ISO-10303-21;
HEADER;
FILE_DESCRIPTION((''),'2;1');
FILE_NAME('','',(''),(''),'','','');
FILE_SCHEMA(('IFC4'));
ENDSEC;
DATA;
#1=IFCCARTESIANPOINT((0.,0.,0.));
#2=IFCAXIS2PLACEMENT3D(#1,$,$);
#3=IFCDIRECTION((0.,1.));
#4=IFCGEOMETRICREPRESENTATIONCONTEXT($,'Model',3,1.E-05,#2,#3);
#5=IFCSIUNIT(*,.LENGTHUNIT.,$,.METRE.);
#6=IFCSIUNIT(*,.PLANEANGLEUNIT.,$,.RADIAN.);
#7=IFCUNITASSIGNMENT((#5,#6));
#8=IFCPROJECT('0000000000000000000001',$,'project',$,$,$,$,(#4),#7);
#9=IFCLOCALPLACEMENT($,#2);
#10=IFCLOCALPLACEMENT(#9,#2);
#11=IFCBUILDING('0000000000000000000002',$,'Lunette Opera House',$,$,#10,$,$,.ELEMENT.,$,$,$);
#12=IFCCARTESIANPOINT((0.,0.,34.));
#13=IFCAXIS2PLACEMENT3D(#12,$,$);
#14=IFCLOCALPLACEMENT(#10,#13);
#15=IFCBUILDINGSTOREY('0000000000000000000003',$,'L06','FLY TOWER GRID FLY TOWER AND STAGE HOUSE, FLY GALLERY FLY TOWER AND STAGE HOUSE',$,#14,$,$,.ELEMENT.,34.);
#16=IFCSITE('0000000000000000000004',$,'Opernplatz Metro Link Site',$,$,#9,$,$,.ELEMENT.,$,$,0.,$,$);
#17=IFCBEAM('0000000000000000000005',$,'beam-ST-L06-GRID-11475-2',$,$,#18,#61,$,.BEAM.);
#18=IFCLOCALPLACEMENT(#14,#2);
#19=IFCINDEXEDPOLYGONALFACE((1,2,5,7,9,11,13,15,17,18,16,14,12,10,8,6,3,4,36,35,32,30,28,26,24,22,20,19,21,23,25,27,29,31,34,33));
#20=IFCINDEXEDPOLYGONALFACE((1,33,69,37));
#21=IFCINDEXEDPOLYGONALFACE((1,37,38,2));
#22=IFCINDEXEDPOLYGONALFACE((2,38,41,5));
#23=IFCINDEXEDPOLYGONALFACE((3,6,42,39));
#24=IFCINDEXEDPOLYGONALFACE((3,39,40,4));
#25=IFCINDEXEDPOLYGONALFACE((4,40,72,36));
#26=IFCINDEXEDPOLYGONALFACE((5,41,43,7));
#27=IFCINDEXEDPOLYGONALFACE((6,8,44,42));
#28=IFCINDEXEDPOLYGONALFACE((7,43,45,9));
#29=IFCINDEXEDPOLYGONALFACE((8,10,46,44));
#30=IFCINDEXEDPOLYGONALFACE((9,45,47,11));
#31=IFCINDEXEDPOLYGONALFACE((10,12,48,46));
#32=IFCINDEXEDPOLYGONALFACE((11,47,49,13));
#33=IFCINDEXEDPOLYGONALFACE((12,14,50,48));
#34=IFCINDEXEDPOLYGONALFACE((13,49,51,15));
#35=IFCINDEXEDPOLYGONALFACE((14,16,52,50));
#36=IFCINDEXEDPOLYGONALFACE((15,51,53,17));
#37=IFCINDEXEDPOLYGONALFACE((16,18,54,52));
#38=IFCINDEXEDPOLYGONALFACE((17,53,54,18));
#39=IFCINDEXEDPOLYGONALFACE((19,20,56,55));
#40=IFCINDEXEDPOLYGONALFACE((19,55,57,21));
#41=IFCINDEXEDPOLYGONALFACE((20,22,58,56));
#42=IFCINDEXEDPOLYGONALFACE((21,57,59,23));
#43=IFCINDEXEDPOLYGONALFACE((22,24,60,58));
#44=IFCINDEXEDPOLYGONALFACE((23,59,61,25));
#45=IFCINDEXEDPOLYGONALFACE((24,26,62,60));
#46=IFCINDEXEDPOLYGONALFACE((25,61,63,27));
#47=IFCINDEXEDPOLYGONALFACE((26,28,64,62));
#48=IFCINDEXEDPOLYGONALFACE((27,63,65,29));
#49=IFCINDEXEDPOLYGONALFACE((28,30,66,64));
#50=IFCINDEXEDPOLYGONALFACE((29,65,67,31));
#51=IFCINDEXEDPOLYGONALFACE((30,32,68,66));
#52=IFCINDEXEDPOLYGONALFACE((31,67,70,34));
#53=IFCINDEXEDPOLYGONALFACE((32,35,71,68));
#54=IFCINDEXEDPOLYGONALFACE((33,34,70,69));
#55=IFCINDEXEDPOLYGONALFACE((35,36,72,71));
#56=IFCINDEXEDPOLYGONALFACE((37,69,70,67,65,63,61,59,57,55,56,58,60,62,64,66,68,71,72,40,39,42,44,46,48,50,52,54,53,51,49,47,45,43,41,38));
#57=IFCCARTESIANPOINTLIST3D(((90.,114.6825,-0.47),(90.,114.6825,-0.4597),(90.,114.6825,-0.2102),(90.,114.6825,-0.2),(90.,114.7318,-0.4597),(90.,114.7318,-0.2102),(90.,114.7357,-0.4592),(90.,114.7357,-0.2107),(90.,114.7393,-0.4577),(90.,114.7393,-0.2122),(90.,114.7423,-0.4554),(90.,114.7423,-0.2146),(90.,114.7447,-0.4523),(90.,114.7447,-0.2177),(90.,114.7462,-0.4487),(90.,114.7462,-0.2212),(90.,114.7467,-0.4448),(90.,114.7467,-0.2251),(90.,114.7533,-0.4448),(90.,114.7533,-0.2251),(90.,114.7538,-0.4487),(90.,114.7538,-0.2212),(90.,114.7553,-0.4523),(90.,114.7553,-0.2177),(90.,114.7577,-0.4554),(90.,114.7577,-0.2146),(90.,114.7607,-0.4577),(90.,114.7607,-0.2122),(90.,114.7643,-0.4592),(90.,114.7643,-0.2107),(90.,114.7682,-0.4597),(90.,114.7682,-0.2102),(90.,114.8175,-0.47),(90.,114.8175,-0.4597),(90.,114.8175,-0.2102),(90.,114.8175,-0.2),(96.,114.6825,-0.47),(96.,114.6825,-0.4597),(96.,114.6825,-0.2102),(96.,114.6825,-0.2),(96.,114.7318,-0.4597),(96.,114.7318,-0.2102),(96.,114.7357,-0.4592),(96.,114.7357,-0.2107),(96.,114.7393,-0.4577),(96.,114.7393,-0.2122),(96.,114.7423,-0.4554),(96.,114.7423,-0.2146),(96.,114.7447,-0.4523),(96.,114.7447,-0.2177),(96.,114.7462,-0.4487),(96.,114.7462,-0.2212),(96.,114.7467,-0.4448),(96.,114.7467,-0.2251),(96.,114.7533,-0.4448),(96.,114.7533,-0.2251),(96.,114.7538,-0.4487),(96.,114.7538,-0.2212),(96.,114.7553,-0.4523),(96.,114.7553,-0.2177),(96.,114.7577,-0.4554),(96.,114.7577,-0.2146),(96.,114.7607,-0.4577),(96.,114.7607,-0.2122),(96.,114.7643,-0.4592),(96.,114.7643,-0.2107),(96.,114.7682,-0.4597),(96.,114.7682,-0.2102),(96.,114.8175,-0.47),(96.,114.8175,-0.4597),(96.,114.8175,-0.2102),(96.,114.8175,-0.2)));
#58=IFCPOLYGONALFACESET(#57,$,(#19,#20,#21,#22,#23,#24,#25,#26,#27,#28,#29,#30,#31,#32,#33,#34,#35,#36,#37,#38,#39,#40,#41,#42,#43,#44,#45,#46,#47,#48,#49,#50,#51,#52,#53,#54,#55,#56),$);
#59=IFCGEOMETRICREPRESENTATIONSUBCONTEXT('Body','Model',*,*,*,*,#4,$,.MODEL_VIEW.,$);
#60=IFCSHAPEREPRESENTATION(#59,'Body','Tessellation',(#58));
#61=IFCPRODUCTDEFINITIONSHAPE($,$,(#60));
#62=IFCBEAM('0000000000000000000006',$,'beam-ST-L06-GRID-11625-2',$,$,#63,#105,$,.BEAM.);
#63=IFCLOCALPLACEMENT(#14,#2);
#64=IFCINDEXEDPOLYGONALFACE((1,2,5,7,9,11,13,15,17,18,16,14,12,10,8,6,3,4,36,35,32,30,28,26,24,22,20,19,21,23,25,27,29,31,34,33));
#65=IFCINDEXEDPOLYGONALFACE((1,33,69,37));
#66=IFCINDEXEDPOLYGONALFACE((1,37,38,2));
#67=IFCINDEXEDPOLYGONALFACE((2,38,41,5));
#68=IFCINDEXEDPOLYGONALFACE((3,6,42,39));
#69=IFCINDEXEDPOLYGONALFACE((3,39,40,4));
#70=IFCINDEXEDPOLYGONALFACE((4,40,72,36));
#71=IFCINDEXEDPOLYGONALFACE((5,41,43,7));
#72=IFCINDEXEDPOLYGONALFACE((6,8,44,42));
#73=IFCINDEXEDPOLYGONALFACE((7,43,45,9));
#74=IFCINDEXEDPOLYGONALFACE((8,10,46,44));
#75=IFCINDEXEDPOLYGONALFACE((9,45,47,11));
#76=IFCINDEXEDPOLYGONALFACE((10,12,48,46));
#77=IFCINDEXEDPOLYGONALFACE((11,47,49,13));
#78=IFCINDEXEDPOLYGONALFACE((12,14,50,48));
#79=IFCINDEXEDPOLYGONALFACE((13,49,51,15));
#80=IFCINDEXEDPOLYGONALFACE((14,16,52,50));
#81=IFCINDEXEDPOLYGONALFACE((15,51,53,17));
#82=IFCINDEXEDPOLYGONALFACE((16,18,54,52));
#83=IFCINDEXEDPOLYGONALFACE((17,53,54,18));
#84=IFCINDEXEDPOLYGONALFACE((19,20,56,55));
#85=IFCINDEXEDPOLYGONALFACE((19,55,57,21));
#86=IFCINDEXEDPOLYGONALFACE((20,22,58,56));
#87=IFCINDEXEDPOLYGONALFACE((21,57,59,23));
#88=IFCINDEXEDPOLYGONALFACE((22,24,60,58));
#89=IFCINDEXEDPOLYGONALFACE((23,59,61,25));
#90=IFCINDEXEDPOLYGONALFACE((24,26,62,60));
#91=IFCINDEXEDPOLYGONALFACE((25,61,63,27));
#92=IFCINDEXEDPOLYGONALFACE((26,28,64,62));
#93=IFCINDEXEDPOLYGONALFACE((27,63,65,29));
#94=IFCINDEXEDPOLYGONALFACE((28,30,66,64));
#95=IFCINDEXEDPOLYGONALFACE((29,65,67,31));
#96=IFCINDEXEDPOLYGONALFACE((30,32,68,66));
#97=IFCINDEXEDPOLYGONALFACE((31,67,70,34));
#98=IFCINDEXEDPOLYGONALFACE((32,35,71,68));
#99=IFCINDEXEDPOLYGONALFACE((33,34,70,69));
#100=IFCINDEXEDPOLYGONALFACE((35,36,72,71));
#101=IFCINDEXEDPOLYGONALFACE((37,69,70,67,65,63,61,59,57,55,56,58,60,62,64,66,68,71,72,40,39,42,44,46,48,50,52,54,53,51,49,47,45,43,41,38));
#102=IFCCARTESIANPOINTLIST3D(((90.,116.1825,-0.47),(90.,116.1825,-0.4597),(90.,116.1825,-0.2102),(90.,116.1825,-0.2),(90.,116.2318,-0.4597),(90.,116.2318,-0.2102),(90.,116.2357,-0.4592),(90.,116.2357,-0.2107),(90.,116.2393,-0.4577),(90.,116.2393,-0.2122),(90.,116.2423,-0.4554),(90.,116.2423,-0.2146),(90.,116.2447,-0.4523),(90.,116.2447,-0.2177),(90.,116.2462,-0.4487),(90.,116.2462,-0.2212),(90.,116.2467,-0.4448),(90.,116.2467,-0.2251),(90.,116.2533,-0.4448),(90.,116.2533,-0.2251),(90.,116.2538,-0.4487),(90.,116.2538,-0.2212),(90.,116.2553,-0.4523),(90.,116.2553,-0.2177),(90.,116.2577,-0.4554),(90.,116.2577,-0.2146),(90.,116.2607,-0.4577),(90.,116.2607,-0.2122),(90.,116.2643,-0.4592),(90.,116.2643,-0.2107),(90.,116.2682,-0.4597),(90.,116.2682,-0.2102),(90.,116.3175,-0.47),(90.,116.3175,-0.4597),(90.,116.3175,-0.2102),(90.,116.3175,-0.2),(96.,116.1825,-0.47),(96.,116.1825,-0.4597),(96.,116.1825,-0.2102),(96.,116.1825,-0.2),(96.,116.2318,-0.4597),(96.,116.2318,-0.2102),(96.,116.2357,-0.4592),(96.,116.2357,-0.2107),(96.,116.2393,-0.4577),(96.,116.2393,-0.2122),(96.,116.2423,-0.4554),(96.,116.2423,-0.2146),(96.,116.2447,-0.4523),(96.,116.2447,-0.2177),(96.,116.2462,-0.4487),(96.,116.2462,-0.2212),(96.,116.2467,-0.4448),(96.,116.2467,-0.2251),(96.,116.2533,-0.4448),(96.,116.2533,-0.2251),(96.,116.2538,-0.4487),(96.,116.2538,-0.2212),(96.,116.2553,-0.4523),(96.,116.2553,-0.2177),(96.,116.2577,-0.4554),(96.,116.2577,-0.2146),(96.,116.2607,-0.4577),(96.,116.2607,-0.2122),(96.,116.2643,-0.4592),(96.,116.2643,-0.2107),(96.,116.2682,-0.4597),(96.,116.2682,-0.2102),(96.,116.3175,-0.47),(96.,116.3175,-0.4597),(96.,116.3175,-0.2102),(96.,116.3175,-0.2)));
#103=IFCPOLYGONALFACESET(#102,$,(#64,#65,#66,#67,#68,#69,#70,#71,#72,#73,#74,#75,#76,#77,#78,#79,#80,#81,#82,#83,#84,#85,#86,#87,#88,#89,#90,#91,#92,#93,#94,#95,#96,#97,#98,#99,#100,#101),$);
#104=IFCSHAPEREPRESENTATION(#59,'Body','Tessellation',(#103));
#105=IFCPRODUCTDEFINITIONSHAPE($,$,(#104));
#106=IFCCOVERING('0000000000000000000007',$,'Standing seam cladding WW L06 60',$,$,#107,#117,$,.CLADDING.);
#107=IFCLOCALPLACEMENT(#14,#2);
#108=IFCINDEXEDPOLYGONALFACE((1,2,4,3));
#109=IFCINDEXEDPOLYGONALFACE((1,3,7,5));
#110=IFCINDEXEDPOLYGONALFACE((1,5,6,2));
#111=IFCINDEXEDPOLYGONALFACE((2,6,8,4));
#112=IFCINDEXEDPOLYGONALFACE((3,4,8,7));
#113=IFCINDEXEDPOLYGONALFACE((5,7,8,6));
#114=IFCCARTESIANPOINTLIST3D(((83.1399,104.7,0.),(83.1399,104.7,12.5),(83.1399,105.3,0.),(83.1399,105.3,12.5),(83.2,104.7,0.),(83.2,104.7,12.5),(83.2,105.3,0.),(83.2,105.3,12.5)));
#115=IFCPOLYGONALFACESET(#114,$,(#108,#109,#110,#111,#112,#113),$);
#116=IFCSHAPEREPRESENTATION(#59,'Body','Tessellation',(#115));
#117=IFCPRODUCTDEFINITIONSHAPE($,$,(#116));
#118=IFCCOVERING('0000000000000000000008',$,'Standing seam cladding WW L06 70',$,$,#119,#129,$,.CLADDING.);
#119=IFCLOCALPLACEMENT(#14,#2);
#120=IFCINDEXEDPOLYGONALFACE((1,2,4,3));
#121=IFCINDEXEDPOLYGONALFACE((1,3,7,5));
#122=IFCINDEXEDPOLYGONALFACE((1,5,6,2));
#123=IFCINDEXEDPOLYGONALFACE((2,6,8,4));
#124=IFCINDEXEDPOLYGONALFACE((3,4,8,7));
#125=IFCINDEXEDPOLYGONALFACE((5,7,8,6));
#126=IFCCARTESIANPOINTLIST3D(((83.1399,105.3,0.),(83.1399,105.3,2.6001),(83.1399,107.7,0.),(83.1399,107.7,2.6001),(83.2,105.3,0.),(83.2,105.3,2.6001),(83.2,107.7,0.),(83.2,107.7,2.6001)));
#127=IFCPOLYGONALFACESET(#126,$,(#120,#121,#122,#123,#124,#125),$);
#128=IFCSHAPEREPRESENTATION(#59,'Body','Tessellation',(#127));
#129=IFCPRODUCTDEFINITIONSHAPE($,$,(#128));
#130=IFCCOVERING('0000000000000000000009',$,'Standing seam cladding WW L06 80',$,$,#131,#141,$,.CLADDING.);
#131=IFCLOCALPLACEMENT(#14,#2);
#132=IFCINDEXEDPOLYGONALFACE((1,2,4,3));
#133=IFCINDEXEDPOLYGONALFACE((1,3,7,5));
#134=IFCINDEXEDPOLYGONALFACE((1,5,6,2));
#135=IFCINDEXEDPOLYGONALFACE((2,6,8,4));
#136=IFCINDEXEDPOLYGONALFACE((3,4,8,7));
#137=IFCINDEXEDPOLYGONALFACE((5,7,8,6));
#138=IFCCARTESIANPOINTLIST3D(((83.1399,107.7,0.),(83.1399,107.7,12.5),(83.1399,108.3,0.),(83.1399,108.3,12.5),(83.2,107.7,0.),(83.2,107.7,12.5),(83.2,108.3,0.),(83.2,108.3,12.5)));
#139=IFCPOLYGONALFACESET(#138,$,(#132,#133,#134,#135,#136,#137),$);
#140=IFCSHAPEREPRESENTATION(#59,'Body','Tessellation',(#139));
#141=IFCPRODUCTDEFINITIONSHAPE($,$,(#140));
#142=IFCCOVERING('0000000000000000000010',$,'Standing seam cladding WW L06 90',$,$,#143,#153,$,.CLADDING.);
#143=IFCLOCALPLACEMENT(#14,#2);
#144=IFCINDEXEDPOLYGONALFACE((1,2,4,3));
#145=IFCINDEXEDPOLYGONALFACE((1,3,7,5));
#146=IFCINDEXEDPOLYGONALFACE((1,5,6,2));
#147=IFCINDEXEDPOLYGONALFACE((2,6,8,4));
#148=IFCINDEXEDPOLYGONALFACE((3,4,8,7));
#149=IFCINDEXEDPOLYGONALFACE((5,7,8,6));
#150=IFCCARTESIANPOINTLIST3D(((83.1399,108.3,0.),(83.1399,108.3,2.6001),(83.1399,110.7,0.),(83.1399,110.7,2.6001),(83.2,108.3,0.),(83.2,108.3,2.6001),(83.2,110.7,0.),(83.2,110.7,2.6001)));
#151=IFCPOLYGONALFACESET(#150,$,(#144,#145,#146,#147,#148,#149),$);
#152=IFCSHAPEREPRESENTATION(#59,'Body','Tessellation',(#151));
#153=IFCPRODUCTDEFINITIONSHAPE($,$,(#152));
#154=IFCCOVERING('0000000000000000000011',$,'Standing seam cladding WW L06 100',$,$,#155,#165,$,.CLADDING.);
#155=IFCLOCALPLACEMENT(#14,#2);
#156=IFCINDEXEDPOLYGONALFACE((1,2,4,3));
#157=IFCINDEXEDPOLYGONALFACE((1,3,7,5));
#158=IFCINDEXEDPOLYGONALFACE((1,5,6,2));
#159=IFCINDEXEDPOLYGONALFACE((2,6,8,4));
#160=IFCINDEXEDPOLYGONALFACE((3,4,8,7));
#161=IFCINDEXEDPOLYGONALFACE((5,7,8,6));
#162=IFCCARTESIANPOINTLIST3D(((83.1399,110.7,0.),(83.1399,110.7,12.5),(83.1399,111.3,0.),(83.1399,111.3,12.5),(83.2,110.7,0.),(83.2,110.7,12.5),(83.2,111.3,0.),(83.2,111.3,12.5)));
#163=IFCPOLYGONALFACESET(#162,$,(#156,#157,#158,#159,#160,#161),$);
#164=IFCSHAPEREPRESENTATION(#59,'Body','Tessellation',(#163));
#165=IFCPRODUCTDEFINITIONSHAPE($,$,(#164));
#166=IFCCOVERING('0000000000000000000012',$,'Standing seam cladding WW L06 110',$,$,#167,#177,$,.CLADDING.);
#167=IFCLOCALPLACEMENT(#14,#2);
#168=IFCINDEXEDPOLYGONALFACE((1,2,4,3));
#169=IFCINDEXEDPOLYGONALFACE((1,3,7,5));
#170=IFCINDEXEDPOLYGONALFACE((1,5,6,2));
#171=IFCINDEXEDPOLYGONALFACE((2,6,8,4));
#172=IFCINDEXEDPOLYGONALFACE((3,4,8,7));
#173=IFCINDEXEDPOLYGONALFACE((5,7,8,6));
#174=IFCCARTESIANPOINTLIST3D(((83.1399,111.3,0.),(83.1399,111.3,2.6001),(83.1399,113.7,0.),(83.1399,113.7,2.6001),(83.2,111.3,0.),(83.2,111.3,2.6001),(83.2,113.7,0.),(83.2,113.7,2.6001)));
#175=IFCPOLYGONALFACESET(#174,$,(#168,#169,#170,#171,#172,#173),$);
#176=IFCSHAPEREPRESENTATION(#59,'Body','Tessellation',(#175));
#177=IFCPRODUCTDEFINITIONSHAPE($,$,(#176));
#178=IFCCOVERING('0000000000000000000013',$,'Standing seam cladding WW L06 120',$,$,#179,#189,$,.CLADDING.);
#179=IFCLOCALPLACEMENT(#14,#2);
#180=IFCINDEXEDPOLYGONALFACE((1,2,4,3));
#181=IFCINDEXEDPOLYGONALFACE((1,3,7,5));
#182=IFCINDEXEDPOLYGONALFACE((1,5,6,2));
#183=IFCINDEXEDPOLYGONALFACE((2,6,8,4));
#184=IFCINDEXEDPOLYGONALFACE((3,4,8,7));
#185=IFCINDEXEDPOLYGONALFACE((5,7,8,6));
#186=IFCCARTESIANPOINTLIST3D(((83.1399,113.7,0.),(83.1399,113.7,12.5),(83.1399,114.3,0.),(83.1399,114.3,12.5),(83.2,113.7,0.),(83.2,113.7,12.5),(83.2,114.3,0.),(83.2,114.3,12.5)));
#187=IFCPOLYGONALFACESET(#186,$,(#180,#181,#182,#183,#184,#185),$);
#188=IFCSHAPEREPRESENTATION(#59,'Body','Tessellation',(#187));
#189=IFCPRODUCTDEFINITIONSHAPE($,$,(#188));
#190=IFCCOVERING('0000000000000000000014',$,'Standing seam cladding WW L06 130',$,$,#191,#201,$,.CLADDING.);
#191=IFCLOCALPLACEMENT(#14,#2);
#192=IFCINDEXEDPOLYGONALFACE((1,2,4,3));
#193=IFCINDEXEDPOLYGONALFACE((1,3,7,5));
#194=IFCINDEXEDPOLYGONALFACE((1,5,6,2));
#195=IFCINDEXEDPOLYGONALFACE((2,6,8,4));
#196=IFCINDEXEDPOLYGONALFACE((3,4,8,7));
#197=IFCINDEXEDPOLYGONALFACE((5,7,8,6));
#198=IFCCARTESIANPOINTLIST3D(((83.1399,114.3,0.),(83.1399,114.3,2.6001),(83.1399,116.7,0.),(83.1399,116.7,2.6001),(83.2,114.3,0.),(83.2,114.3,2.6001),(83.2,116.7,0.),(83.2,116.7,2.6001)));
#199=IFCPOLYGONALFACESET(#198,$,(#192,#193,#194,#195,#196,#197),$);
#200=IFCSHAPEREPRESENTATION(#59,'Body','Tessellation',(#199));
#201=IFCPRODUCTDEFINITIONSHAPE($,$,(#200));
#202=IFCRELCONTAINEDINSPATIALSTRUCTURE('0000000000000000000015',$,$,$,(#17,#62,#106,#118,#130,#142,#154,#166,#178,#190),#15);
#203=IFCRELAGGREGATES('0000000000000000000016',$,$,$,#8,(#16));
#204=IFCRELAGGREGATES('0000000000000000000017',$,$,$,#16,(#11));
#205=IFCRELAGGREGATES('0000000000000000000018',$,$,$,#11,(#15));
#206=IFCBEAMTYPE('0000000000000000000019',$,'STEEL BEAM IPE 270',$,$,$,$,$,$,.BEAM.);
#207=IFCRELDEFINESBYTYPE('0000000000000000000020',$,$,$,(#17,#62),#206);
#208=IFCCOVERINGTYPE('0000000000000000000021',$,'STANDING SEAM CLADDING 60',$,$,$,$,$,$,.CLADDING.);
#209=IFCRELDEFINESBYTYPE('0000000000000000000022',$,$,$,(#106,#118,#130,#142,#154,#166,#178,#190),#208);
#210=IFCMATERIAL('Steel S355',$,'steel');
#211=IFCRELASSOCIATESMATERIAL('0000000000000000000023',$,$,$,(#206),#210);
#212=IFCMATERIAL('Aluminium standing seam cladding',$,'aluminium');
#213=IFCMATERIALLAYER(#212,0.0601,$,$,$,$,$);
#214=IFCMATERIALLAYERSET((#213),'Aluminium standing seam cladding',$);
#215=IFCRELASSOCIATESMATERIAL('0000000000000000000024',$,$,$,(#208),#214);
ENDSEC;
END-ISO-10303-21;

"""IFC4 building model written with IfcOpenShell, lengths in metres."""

from ifc_helpers import new_model, si_unit, direction, frame, origin, origin_2d, place, context, subcontext, project, spatial, rectangle, i_section, extrude, material, layer, layer_set, material_profile, profile_set, type_object, element, save


model = new_model("IFC4")

# Units and contexts
model_context = context("Model", 3, precision=1e-05, world=origin(), true_north=direction((0.0, 1.0)))
body_context = subcontext(model_context, "Body", "Model", "MODEL_VIEW")
ifc_project = project(units=[si_unit("LENGTHUNIT", "METRE"), si_unit("PLANEANGLEUNIT", "RADIAN")], contexts=[model_context])

# Site, building, storey
site_placement = place(None, origin())
site = spatial("IfcSite", under=ifc_project, at=site_placement, Name="Opernplatz Metro Link Site", CompositionType="ELEMENT", RefElevation=0.0)
building_placement = place(site_placement, origin())
building = spatial("IfcBuilding", under=site, at=building_placement, Name="Lunette Opera House", CompositionType="ELEMENT")
storey_placement = place(building_placement, frame((0.0, 0.0, 34.0)))
storey = spatial("IfcBuildingStorey", under=building, at=storey_placement, Name="L06", Description="FLY TOWER GRID FLY TOWER AND STAGE HOUSE, FLY GALLERY FLY TOWER AND STAGE HOUSE", CompositionType="ELEMENT", Elevation=34.0)

# Beams
ifc_material_1 = material(Name="Steel S355", Category="steel")
ifc_material_profile_1 = material_profile(ifc_material_1, i_section(OverallWidth=0.135, OverallDepth=0.27, WebThickness=0.0066, FlangeThickness=0.0103, FilletRadius=0.0149, at=origin_2d()), Name="IPE 270")
ifc_profile_set_1 = profile_set([ifc_material_profile_1], Name="Steel S355")
beam_type = type_object("IfcBeamType", Name="STEEL BEAM IPE 270", PredefinedType="BEAM", material=ifc_profile_set_1)
for number, where, z_axis, x_axis, name in (
    (1, (90.0, 114.75, -0.335), (1.0, 0.0, 0.0), (0.0, 1.0, 0.0), "beam-ST-L06-GRID-11475-2"),
    (2, (90.0, 116.25, -0.335), (1.0, 0.0, 0.0), (0.0, 1.0, 0.0), "beam-ST-L06-GRID-11625-2"),
):
    element("IfcBeam", number, at=place(storey_placement, frame(where, z_axis=z_axis, x_axis=x_axis)), inside=storey, type_object=beam_type, Name=name, PredefinedType="BEAM", context=body_context, shape_type="SweptSolid", body=[
        extrude(i_section(OverallWidth=0.135, OverallDepth=0.27, WebThickness=0.0066, FlangeThickness=0.0103, FilletRadius=0.0149, at=origin_2d()), origin(), (0.0, 0.0, 1.0), 6.0),
    ])

# Coverings
ifc_material_2 = material(Name="Aluminium standing seam cladding", Category="aluminium")
ifc_layer_1 = layer(ifc_material_2, 0.0601)
ifc_layer_set_1 = layer_set([ifc_layer_1], Name="Aluminium standing seam cladding")
covering_type_1 = type_object("IfcCoveringType", Name="STANDING SEAM CLADDING 60", PredefinedType="CLADDING", material=ifc_layer_set_1)
covering_1_placement = place(storey_placement, frame((83.1699, 105.0, 0.0), z_axis=(0.0, 0.0, 1.0), x_axis=(0.0, 1.0, 0.0)))
element("IfcCovering", 3, at=covering_1_placement, inside=storey, type_object=covering_type_1, Name="Standing seam cladding WW L06 60", PredefinedType="CLADDING", context=body_context, shape_type="SweptSolid", body=[
    extrude(rectangle(XDim=0.6001, YDim=0.0601, at=origin_2d()), origin(), (0.0, 0.0, 1.0), 12.5),
])
covering_2_placement = place(storey_placement, frame((83.1699, 106.5, 0.0), z_axis=(0.0, 0.0, 1.0), x_axis=(0.0, 1.0, 0.0)))
element("IfcCovering", 4, at=covering_2_placement, inside=storey, type_object=covering_type_1, Name="Standing seam cladding WW L06 70", PredefinedType="CLADDING", context=body_context, shape_type="SweptSolid", body=[
    extrude(rectangle(XDim=2.3999, YDim=0.0601, at=origin_2d()), origin(), (0.0, 0.0, 1.0), 2.6001),
])
covering_3_placement = place(storey_placement, frame((83.1699, 108.0, 0.0), z_axis=(0.0, 0.0, 1.0), x_axis=(0.0, 1.0, 0.0)))
element("IfcCovering", 5, at=covering_3_placement, inside=storey, type_object=covering_type_1, Name="Standing seam cladding WW L06 80", PredefinedType="CLADDING", context=body_context, shape_type="SweptSolid", body=[
    extrude(rectangle(XDim=0.6001, YDim=0.0601, at=origin_2d()), origin(), (0.0, 0.0, 1.0), 12.5),
])
covering_4_placement = place(storey_placement, frame((83.1699, 109.5, 0.0), z_axis=(0.0, 0.0, 1.0), x_axis=(0.0, 1.0, 0.0)))
element("IfcCovering", 6, at=covering_4_placement, inside=storey, type_object=covering_type_1, Name="Standing seam cladding WW L06 90", PredefinedType="CLADDING", context=body_context, shape_type="SweptSolid", body=[
    extrude(rectangle(XDim=2.3999, YDim=0.0601, at=origin_2d()), origin(), (0.0, 0.0, 1.0), 2.6001),
])
covering_5_placement = place(storey_placement, frame((83.1699, 111.0, 0.0), z_axis=(0.0, 0.0, 1.0), x_axis=(0.0, 1.0, 0.0)))
element("IfcCovering", 7, at=covering_5_placement, inside=storey, type_object=covering_type_1, Name="Standing seam cladding WW L06 100", PredefinedType="CLADDING", context=body_context, shape_type="SweptSolid", body=[
    extrude(rectangle(XDim=0.6001, YDim=0.0601, at=origin_2d()), origin(), (0.0, 0.0, 1.0), 12.5),
])
covering_6_placement = place(storey_placement, frame((83.1699, 112.5, 0.0), z_axis=(0.0, 0.0, 1.0), x_axis=(0.0, 1.0, 0.0)))
element("IfcCovering", 8, at=covering_6_placement, inside=storey, type_object=covering_type_1, Name="Standing seam cladding WW L06 110", PredefinedType="CLADDING", context=body_context, shape_type="SweptSolid", body=[
    extrude(rectangle(XDim=2.3999, YDim=0.0601, at=origin_2d()), origin(), (0.0, 0.0, 1.0), 2.6001),
])
covering_7_placement = place(storey_placement, frame((83.1699, 114.0, 0.0), z_axis=(0.0, 0.0, 1.0), x_axis=(0.0, 1.0, 0.0)))
element("IfcCovering", 9, at=covering_7_placement, inside=storey, type_object=covering_type_1, Name="Standing seam cladding WW L06 120", PredefinedType="CLADDING", context=body_context, shape_type="SweptSolid", body=[
    extrude(rectangle(XDim=0.6001, YDim=0.0601, at=origin_2d()), origin(), (0.0, 0.0, 1.0), 12.5),
])
covering_8_placement = place(storey_placement, frame((83.1699, 115.5, 0.0), z_axis=(0.0, 0.0, 1.0), x_axis=(0.0, 1.0, 0.0)))
element("IfcCovering", 10, at=covering_8_placement, inside=storey, type_object=covering_type_1, Name="Standing seam cladding WW L06 130", PredefinedType="CLADDING", context=body_context, shape_type="SweptSolid", body=[
    extrude(rectangle(XDim=2.3999, YDim=0.0601, at=origin_2d()), origin(), (0.0, 0.0, 1.0), 2.6001),
])

save(model, "model.ifc")
